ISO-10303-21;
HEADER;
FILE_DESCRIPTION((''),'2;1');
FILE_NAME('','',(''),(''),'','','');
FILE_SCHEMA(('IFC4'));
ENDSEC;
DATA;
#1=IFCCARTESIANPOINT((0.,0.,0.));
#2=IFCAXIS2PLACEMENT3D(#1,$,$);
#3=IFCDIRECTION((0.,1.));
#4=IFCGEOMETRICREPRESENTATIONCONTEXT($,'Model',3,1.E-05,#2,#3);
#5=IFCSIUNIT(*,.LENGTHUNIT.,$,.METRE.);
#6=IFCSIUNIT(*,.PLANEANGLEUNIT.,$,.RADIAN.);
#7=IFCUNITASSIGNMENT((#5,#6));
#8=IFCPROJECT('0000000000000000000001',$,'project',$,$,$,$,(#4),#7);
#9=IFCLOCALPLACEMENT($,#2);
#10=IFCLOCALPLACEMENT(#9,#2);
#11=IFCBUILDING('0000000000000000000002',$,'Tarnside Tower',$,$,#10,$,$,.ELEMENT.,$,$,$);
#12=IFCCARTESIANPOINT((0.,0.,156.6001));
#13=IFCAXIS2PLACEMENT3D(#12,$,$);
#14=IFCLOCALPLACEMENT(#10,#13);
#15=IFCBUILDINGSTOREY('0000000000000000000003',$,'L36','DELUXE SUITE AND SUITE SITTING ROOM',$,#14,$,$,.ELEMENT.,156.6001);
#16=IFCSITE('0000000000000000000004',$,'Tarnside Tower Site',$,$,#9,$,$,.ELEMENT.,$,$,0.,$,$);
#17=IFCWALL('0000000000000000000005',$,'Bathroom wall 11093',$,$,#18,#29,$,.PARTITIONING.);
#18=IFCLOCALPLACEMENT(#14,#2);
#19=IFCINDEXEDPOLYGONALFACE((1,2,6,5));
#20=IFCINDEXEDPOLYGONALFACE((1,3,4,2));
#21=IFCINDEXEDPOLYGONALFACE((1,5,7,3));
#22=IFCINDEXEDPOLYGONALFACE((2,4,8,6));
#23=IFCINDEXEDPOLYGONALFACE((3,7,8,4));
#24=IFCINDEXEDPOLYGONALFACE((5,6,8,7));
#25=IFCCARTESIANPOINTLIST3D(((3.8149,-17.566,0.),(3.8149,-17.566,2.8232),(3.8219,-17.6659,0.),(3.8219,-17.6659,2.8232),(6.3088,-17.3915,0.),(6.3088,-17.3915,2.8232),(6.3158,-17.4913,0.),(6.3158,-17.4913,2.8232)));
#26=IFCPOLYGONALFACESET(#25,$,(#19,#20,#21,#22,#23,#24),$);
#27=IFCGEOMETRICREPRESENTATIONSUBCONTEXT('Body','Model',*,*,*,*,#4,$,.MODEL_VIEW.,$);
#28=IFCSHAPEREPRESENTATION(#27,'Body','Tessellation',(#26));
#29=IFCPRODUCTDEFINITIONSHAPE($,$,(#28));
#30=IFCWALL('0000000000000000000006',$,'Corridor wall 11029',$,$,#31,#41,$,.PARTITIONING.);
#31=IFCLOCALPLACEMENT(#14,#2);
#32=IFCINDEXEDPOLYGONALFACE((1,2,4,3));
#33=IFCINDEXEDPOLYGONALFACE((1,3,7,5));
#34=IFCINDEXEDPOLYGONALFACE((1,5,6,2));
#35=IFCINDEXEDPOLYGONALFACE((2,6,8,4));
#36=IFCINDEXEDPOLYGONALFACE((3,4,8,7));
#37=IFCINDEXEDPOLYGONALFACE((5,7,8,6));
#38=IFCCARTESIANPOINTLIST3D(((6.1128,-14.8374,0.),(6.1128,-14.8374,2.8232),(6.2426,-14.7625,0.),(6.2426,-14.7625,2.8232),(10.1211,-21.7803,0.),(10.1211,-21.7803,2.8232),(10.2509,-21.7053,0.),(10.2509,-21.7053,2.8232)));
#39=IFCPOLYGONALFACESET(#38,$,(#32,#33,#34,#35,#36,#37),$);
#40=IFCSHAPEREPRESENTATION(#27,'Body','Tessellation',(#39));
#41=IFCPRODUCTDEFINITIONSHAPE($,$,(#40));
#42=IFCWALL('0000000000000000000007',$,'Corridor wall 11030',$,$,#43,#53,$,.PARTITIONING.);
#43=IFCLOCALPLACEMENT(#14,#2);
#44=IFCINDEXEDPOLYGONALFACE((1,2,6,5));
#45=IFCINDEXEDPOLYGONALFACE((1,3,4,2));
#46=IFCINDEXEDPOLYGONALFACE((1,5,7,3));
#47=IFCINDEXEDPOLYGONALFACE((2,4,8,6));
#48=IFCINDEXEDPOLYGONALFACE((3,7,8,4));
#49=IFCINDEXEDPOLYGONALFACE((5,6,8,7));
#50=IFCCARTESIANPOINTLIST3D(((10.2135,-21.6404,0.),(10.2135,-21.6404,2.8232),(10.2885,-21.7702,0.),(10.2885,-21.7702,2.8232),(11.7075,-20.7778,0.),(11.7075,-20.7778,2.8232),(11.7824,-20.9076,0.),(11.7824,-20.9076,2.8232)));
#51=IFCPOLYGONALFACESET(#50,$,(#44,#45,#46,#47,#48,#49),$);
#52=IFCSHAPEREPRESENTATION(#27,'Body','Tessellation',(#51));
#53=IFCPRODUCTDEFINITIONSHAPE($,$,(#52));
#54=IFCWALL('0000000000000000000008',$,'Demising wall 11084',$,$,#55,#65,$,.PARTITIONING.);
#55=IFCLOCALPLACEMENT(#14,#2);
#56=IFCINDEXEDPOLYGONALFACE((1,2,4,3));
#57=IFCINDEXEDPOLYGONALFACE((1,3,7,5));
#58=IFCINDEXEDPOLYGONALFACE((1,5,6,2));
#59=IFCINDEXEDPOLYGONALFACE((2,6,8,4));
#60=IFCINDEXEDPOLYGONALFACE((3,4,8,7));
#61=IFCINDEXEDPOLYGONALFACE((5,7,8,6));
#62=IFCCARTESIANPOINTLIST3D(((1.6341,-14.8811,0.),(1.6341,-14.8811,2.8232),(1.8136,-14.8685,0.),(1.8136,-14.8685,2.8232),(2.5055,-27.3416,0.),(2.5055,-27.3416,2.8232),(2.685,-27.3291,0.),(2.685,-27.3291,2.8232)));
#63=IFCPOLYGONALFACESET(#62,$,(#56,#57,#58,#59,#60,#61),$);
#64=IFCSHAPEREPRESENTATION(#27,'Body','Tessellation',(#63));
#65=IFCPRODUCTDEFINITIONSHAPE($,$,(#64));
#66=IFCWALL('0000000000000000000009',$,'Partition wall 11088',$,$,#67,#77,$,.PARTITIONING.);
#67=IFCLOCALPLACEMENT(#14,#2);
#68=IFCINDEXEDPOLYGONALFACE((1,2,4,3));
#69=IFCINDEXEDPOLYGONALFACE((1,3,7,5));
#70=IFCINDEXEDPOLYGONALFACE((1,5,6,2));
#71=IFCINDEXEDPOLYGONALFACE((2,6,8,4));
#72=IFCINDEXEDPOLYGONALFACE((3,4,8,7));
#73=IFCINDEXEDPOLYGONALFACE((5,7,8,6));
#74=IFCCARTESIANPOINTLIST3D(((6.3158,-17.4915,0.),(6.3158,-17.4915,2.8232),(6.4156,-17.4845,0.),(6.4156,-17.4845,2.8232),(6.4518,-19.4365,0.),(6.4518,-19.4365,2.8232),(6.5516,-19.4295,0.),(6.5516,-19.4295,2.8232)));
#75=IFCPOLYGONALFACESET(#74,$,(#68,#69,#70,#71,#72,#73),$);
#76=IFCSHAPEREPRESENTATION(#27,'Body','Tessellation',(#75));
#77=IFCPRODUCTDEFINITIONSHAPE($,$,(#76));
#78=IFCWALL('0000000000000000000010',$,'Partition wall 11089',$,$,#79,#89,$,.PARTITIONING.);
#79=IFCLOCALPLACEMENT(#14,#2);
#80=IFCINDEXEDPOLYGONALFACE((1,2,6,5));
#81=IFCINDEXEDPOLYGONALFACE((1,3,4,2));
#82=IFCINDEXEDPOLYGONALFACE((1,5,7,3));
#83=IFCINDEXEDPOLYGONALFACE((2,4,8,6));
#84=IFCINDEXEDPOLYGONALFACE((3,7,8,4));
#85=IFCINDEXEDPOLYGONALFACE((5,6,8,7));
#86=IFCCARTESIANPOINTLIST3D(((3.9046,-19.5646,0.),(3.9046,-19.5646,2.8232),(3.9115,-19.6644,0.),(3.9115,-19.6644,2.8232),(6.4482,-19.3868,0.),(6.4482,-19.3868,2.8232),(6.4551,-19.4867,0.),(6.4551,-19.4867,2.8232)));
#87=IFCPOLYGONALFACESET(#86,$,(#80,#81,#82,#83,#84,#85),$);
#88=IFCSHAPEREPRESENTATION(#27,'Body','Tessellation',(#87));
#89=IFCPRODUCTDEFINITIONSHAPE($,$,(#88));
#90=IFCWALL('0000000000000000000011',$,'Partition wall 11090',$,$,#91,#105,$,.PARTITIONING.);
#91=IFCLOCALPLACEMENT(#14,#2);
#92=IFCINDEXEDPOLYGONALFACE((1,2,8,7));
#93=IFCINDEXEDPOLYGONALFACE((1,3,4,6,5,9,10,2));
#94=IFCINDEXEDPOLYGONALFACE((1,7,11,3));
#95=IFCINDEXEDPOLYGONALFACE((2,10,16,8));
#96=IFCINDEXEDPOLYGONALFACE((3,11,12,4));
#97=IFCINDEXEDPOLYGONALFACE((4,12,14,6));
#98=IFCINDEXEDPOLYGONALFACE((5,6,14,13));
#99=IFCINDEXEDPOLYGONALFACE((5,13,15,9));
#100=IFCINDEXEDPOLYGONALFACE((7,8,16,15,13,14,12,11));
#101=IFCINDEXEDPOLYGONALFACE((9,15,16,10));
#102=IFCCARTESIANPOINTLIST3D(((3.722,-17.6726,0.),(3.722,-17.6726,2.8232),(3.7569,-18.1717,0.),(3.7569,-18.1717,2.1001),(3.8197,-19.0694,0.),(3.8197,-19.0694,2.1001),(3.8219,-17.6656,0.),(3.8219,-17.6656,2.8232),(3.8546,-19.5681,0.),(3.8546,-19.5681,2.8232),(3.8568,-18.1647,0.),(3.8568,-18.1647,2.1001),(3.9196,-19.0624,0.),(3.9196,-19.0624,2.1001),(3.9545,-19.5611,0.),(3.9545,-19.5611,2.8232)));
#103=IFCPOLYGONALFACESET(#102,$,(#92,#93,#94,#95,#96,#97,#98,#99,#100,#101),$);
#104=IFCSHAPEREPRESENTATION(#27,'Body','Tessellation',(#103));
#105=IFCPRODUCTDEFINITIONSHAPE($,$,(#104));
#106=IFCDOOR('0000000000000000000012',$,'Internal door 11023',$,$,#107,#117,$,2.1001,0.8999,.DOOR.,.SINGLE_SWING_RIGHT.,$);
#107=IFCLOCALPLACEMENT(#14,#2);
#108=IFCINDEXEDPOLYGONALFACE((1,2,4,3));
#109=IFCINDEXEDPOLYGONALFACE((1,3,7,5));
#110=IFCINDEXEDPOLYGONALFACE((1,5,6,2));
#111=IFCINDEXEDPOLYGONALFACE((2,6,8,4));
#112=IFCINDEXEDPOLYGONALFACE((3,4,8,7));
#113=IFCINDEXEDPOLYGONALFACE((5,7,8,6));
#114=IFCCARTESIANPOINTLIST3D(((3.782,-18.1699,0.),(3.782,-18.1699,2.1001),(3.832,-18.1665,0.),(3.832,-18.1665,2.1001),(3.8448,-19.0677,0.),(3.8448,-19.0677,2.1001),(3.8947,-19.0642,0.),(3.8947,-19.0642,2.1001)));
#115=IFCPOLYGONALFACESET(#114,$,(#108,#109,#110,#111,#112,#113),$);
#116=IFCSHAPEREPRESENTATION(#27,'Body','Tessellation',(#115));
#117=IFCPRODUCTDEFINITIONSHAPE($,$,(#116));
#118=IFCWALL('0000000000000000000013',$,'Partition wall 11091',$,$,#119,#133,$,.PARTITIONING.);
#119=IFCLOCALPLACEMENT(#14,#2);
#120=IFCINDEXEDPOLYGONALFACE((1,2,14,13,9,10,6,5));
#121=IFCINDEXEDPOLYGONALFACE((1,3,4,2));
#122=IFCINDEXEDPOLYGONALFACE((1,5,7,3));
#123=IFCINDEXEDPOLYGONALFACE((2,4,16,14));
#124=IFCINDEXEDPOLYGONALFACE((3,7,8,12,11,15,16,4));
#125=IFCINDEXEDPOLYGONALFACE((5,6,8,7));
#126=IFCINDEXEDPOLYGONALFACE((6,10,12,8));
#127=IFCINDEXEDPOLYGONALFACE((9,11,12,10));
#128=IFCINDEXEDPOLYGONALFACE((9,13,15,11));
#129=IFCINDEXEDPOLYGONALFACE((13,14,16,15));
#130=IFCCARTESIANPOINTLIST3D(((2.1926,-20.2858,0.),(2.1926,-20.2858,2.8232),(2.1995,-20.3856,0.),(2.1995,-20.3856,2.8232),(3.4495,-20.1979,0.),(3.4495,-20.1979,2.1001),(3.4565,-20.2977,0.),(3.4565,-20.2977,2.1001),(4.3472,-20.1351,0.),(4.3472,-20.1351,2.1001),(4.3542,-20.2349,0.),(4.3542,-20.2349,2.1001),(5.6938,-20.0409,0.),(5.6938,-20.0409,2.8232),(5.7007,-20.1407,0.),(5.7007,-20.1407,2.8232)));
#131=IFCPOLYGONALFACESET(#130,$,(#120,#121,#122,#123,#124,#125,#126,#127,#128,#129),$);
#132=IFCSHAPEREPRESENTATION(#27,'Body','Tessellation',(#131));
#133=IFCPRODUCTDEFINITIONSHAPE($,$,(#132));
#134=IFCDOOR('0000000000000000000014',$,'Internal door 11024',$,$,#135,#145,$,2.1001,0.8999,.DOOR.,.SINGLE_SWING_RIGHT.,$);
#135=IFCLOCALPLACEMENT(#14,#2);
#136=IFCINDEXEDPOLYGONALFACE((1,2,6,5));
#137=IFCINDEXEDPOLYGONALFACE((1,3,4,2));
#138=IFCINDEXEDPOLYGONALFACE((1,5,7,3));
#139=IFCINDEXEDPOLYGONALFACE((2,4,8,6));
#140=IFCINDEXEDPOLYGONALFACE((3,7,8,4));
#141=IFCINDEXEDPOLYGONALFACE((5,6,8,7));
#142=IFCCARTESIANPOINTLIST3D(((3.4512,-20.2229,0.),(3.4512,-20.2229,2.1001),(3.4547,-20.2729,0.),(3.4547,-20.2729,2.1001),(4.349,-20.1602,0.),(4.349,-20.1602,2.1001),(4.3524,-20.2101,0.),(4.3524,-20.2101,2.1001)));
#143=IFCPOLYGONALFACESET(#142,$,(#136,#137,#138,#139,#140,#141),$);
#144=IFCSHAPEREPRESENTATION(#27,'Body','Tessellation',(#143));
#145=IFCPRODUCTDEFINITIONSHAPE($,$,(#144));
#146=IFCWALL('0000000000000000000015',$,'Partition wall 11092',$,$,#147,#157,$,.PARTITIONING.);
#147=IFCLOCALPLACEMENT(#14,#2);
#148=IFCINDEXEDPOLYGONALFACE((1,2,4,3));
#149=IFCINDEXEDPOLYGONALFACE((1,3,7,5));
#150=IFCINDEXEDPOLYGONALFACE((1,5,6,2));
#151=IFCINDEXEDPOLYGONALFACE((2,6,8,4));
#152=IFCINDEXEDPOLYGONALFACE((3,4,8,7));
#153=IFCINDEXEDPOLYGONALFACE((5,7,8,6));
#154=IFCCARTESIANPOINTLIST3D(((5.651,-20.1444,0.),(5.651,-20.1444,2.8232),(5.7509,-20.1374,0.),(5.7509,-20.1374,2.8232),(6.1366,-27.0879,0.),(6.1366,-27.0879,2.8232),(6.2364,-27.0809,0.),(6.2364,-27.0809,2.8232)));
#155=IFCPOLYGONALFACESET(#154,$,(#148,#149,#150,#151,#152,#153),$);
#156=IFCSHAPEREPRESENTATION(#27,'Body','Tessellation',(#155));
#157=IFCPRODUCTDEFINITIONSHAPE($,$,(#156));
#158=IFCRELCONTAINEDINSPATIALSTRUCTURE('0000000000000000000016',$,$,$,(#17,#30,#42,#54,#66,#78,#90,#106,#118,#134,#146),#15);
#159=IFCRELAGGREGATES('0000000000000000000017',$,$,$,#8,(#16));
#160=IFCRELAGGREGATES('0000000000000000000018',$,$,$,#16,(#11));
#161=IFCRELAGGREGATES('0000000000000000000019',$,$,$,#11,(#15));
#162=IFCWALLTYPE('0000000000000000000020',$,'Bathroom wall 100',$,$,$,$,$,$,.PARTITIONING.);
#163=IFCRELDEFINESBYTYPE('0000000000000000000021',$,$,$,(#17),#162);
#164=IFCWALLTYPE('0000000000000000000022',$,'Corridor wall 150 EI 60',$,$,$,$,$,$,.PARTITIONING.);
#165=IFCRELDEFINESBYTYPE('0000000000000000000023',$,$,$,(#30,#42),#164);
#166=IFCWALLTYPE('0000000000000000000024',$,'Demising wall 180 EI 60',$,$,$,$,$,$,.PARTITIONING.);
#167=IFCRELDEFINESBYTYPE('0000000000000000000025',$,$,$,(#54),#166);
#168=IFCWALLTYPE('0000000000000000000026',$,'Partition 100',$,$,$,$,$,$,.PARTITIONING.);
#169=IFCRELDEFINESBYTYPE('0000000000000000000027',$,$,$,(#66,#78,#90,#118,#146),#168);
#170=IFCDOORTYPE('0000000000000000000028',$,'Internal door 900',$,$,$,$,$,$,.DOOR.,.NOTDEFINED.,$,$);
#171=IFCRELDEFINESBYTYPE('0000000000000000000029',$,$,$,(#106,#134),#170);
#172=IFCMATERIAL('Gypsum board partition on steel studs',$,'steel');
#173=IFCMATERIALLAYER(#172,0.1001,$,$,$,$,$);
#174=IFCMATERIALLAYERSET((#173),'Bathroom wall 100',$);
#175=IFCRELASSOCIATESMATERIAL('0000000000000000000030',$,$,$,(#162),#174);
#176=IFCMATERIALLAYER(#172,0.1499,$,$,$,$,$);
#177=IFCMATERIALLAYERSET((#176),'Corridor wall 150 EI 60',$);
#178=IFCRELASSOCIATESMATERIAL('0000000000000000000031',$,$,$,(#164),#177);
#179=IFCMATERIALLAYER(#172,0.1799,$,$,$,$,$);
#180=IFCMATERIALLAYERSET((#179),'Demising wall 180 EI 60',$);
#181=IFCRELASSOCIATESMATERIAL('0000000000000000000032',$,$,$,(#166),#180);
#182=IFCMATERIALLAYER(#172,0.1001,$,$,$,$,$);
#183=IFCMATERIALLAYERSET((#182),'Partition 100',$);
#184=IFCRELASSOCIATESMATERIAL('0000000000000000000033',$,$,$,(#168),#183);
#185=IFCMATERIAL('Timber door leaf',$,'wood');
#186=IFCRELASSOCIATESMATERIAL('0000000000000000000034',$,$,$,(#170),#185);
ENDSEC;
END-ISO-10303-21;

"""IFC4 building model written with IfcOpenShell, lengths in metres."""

from ifc_helpers import new_model, si_unit, direction, frame, frame_2d, origin, place, context, subcontext, project, spatial, rectangle, extrude, material, layer, layer_set, type_object, element, fill, save


model = new_model("IFC4")

# Units and contexts
model_context = context("Model", 3, precision=1e-05, world=origin(), true_north=direction((0.0, 1.0)))
body_context = subcontext(model_context, "Body", "Model", "MODEL_VIEW")
ifc_project = project(units=[si_unit("LENGTHUNIT", "METRE"), si_unit("PLANEANGLEUNIT", "RADIAN")], contexts=[model_context])

# Site, building, storey
site_placement = place(None, origin())
site = spatial("IfcSite", under=ifc_project, at=site_placement, Name="Tarnside Tower Site", CompositionType="ELEMENT", RefElevation=0.0)
building_placement = place(site_placement, origin())
building = spatial("IfcBuilding", under=site, at=building_placement, Name="Tarnside Tower", CompositionType="ELEMENT")
storey_placement = place(building_placement, frame((0.0, 0.0, 156.6001)))
storey = spatial("IfcBuildingStorey", under=building, at=storey_placement, Name="L36", Description="DELUXE SUITE AND SUITE SITTING ROOM", CompositionType="ELEMENT", Elevation=156.6001)

# Shared definitions
ifc_material_1 = material(Name="Gypsum board partition on steel studs", Category="steel")
ifc_layer_1 = layer(ifc_material_1, 0.1001)
ifc_layer_set_1 = layer_set([ifc_layer_1], Name="Bathroom wall 100")
wall_type_1 = type_object("IfcWallType", Name="Bathroom wall 100", PredefinedType="PARTITIONING", material=ifc_layer_set_1)
ifc_material_2 = material(Name="Timber door leaf", Category="wood")

# Walls
wall_1_placement = place(storey_placement, frame((3.8184, -17.616, 0.0), z_axis=(0.0, 0.0, 1.0), x_axis=(0.997559, 0.069824, 0.0)))
element("IfcWall", 1, at=wall_1_placement, inside=storey, type_object=wall_type_1, Name="Bathroom wall 11093", PredefinedType="PARTITIONING", context=body_context, shape_type="SweptSolid", body=[
    extrude(rectangle(XDim=2.5, YDim=0.1001, at=frame_2d((1.25, 0.0))), origin(), (0.0, 0.0, 1.0), 2.8232),
])
ifc_layer_2 = layer(ifc_material_1, 0.1499)
ifc_layer_set_2 = layer_set([ifc_layer_2], Name="Corridor wall 150 EI 60")
wall_type_2 = type_object("IfcWallType", Name="Corridor wall 150 EI 60", PredefinedType="PARTITIONING", material=ifc_layer_set_2)
wall_2_placement = place(storey_placement, frame((6.1777, -14.8, 0.0), z_axis=(0.0, 0.0, 1.0), x_axis=(0.499984, -0.866034, 0.0)))
element("IfcWall", 2, at=wall_2_placement, inside=storey, type_object=wall_type_2, Name="Corridor wall 11029", PredefinedType="PARTITIONING", context=body_context, shape_type="SweptSolid", body=[
    extrude(rectangle(XDim=8.0168, YDim=0.1499, at=frame_2d((4.0083, 0.0))), origin(), (0.0, 0.0, 1.0), 2.8232),
])
wall_3_placement = place(storey_placement, frame((10.251, -21.7053, 0.0), z_axis=(0.0, 0.0, 1.0), x_axis=(0.866014, 0.500021, 0.0)))
element("IfcWall", 3, at=wall_3_placement, inside=storey, type_object=wall_type_2, Name="Corridor wall 11030", PredefinedType="PARTITIONING", context=body_context, shape_type="SweptSolid", body=[
    extrude(rectangle(XDim=1.7251, YDim=0.1499, at=frame_2d((0.8625, 0.0))), origin(), (0.0, 0.0, 1.0), 2.8232),
])
ifc_layer_3 = layer(ifc_material_1, 0.1799)
ifc_layer_set_3 = layer_set([ifc_layer_3], Name="Demising wall 180 EI 60")
wall_type_3 = type_object("IfcWallType", Name="Demising wall 180 EI 60", PredefinedType="PARTITIONING", material=ifc_layer_set_3)
wall_4_placement = place(storey_placement, frame((2.5952, -27.3354, 0.0), z_axis=(0.0, 0.0, 1.0), x_axis=(-0.069758, 0.997564, 0.0)))
element("IfcWall", 4, at=wall_4_placement, inside=storey, type_object=wall_type_3, Name="Demising wall 11084", PredefinedType="PARTITIONING", context=body_context, shape_type="SweptSolid", body=[
    extrude(rectangle(XDim=12.491, YDim=0.1799, at=frame_2d((6.2456, 0.0))), origin(), (0.0, 0.0, 1.0), 2.8232),
])
ifc_layer_4 = layer(ifc_material_1, 0.1001)
ifc_layer_set_4 = layer_set([ifc_layer_4], Name="Partition 100")
wall_type_4 = type_object("IfcWallType", Name="Partition 100", PredefinedType="PARTITIONING", material=ifc_layer_set_4)
wall_5_placement = place(storey_placement, frame((6.3657, -17.488, 0.0), z_axis=(0.0, 0.0, 1.0), x_axis=(0.069743, -0.997565, 0.0)))
element("IfcWall", 5, at=wall_5_placement, inside=storey, type_object=wall_type_4, Name="Partition wall 11088", PredefinedType="PARTITIONING", context=body_context, shape_type="SweptSolid", body=[
    extrude(rectangle(XDim=1.9497, YDim=0.1001, at=frame_2d((0.9749, 0.0))), origin(), (0.0, 0.0, 1.0), 2.8232),
])
wall_6_placement = place(storey_placement, frame((6.4517, -19.4368, 0.0), z_axis=(0.0, 0.0, 1.0), x_axis=(-0.997568, -0.069702, 0.0)))
element("IfcWall", 6, at=wall_6_placement, inside=storey, type_object=wall_type_4, Name="Partition wall 11089", PredefinedType="PARTITIONING", context=body_context, shape_type="SweptSolid", body=[
    extrude(rectangle(XDim=2.5498, YDim=0.1001, at=frame_2d((1.2749, 0.0))), origin(), (0.0, 0.0, 1.0), 2.8232),
])

# Walls, openings, doors
wall_7_placement = place(storey_placement, frame((3.9045, -19.5647, 0.0), z_axis=(0.0, 0.0, 1.0), x_axis=(-0.069768, 0.997563, 0.0)))
wall_7 = element("IfcWall", 7, at=wall_7_placement, inside=storey, type_object=wall_type_4, Name="Partition wall 11090", PredefinedType="PARTITIONING", context=body_context, shape_type="SweptSolid", body=[
    extrude(rectangle(XDim=1.9001, YDim=0.1001, at=frame_2d((0.9502, 0.0))), origin(), (0.0, 0.0, 1.0), 2.8232),
])
opening_1_placement = place(wall_7_placement, frame((0.5, 0.0, 0.0)))
opening_1 = element("IfcOpeningElement", 8, at=opening_1_placement, cuts=wall_7, PredefinedType="OPENING", context=body_context, shape_type="SweptSolid", body=[
    extrude(rectangle(XDim=0.8999, YDim=2.1001, at=frame_2d((0.45, 1.05))), frame((0.0, 0.0601, 0.0), z_axis=(0.0, -1.0, 0.0), x_axis=(1.0, 0.0, 0.0)), (0.0, 0.0, 1.0), 0.1201),
])
door_type_1 = type_object("IfcDoorType", Name="Internal door 900", OperationType="NOTDEFINED", PredefinedType="DOOR", material=ifc_material_2)
door_1_placement = place(opening_1_placement, origin())
door_1 = element("IfcDoor", 9, at=door_1_placement, inside=storey, type_object=door_type_1, Name="Internal door 11023", OperationType="SINGLE_SWING_RIGHT", OverallHeight=2.1001, OverallWidth=0.8999, PredefinedType="DOOR", context=body_context, shape_type="SweptSolid", body=[
    extrude(rectangle(XDim=0.8999, YDim=2.1001, at=frame_2d((0.45, 1.05))), frame((0.0, 0.0249, 0.0), z_axis=(0.0, -1.0, 0.0), x_axis=(1.0, 0.0, 0.0)), (0.0, 0.0, 1.0), 0.05),
])
fill(opening_1, door_1)
wall_8_placement = place(storey_placement, frame((2.196, -20.3357, 0.0), z_axis=(0.0, 0.0, 1.0), x_axis=(0.997563, 0.069769, 0.0)))
wall_8 = element("IfcWall", 10, at=wall_8_placement, inside=storey, type_object=wall_type_4, Name="Partition wall 11091", PredefinedType="PARTITIONING", context=body_context, shape_type="SweptSolid", body=[
    extrude(rectangle(XDim=3.5098, YDim=0.1001, at=frame_2d((1.7549, 0.0))), origin(), (0.0, 0.0, 1.0), 2.8232),
])
opening_2_placement = place(wall_8_placement, frame((1.26, 0.0, 0.0)))
opening_2 = element("IfcOpeningElement", 11, at=opening_2_placement, cuts=wall_8, PredefinedType="OPENING", context=body_context, shape_type="SweptSolid", body=[
    extrude(rectangle(XDim=0.8999, YDim=2.1001, at=frame_2d((0.45, 1.05))), frame((0.0, 0.0601, 0.0), z_axis=(0.0, -1.0, 0.0), x_axis=(1.0, 0.0, 0.0)), (0.0, 0.0, 1.0), 0.1201),
])
door_2_placement = place(opening_2_placement, origin())
door_2 = element("IfcDoor", 12, at=door_2_placement, inside=storey, type_object=door_type_1, Name="Internal door 11024", OperationType="SINGLE_SWING_RIGHT", OverallHeight=2.1001, OverallWidth=0.8999, PredefinedType="DOOR", context=body_context, shape_type="SweptSolid", body=[
    extrude(rectangle(XDim=0.8999, YDim=2.1001, at=frame_2d((0.45, 1.05))), frame((0.0, 0.0249, 0.0), z_axis=(0.0, -1.0, 0.0), x_axis=(1.0, 0.0, 0.0)), (0.0, 0.0, 1.0), 0.05),
])
fill(opening_2, door_2)

# Wall
wall_9_placement = place(storey_placement, frame((5.7009, -20.1409, 0.0), z_axis=(0.0, 0.0, 1.0), x_axis=(0.069764, -0.997564, 0.0)))
element("IfcWall", 13, at=wall_9_placement, inside=storey, type_object=wall_type_4, Name="Partition wall 11092", PredefinedType="PARTITIONING", context=body_context, shape_type="SweptSolid", body=[
    extrude(rectangle(XDim=6.9604, YDim=0.1001, at=frame_2d((3.4802, 0.0))), origin(), (0.0, 0.0, 1.0), 2.8232),
])

save(model, "model.ifc")
